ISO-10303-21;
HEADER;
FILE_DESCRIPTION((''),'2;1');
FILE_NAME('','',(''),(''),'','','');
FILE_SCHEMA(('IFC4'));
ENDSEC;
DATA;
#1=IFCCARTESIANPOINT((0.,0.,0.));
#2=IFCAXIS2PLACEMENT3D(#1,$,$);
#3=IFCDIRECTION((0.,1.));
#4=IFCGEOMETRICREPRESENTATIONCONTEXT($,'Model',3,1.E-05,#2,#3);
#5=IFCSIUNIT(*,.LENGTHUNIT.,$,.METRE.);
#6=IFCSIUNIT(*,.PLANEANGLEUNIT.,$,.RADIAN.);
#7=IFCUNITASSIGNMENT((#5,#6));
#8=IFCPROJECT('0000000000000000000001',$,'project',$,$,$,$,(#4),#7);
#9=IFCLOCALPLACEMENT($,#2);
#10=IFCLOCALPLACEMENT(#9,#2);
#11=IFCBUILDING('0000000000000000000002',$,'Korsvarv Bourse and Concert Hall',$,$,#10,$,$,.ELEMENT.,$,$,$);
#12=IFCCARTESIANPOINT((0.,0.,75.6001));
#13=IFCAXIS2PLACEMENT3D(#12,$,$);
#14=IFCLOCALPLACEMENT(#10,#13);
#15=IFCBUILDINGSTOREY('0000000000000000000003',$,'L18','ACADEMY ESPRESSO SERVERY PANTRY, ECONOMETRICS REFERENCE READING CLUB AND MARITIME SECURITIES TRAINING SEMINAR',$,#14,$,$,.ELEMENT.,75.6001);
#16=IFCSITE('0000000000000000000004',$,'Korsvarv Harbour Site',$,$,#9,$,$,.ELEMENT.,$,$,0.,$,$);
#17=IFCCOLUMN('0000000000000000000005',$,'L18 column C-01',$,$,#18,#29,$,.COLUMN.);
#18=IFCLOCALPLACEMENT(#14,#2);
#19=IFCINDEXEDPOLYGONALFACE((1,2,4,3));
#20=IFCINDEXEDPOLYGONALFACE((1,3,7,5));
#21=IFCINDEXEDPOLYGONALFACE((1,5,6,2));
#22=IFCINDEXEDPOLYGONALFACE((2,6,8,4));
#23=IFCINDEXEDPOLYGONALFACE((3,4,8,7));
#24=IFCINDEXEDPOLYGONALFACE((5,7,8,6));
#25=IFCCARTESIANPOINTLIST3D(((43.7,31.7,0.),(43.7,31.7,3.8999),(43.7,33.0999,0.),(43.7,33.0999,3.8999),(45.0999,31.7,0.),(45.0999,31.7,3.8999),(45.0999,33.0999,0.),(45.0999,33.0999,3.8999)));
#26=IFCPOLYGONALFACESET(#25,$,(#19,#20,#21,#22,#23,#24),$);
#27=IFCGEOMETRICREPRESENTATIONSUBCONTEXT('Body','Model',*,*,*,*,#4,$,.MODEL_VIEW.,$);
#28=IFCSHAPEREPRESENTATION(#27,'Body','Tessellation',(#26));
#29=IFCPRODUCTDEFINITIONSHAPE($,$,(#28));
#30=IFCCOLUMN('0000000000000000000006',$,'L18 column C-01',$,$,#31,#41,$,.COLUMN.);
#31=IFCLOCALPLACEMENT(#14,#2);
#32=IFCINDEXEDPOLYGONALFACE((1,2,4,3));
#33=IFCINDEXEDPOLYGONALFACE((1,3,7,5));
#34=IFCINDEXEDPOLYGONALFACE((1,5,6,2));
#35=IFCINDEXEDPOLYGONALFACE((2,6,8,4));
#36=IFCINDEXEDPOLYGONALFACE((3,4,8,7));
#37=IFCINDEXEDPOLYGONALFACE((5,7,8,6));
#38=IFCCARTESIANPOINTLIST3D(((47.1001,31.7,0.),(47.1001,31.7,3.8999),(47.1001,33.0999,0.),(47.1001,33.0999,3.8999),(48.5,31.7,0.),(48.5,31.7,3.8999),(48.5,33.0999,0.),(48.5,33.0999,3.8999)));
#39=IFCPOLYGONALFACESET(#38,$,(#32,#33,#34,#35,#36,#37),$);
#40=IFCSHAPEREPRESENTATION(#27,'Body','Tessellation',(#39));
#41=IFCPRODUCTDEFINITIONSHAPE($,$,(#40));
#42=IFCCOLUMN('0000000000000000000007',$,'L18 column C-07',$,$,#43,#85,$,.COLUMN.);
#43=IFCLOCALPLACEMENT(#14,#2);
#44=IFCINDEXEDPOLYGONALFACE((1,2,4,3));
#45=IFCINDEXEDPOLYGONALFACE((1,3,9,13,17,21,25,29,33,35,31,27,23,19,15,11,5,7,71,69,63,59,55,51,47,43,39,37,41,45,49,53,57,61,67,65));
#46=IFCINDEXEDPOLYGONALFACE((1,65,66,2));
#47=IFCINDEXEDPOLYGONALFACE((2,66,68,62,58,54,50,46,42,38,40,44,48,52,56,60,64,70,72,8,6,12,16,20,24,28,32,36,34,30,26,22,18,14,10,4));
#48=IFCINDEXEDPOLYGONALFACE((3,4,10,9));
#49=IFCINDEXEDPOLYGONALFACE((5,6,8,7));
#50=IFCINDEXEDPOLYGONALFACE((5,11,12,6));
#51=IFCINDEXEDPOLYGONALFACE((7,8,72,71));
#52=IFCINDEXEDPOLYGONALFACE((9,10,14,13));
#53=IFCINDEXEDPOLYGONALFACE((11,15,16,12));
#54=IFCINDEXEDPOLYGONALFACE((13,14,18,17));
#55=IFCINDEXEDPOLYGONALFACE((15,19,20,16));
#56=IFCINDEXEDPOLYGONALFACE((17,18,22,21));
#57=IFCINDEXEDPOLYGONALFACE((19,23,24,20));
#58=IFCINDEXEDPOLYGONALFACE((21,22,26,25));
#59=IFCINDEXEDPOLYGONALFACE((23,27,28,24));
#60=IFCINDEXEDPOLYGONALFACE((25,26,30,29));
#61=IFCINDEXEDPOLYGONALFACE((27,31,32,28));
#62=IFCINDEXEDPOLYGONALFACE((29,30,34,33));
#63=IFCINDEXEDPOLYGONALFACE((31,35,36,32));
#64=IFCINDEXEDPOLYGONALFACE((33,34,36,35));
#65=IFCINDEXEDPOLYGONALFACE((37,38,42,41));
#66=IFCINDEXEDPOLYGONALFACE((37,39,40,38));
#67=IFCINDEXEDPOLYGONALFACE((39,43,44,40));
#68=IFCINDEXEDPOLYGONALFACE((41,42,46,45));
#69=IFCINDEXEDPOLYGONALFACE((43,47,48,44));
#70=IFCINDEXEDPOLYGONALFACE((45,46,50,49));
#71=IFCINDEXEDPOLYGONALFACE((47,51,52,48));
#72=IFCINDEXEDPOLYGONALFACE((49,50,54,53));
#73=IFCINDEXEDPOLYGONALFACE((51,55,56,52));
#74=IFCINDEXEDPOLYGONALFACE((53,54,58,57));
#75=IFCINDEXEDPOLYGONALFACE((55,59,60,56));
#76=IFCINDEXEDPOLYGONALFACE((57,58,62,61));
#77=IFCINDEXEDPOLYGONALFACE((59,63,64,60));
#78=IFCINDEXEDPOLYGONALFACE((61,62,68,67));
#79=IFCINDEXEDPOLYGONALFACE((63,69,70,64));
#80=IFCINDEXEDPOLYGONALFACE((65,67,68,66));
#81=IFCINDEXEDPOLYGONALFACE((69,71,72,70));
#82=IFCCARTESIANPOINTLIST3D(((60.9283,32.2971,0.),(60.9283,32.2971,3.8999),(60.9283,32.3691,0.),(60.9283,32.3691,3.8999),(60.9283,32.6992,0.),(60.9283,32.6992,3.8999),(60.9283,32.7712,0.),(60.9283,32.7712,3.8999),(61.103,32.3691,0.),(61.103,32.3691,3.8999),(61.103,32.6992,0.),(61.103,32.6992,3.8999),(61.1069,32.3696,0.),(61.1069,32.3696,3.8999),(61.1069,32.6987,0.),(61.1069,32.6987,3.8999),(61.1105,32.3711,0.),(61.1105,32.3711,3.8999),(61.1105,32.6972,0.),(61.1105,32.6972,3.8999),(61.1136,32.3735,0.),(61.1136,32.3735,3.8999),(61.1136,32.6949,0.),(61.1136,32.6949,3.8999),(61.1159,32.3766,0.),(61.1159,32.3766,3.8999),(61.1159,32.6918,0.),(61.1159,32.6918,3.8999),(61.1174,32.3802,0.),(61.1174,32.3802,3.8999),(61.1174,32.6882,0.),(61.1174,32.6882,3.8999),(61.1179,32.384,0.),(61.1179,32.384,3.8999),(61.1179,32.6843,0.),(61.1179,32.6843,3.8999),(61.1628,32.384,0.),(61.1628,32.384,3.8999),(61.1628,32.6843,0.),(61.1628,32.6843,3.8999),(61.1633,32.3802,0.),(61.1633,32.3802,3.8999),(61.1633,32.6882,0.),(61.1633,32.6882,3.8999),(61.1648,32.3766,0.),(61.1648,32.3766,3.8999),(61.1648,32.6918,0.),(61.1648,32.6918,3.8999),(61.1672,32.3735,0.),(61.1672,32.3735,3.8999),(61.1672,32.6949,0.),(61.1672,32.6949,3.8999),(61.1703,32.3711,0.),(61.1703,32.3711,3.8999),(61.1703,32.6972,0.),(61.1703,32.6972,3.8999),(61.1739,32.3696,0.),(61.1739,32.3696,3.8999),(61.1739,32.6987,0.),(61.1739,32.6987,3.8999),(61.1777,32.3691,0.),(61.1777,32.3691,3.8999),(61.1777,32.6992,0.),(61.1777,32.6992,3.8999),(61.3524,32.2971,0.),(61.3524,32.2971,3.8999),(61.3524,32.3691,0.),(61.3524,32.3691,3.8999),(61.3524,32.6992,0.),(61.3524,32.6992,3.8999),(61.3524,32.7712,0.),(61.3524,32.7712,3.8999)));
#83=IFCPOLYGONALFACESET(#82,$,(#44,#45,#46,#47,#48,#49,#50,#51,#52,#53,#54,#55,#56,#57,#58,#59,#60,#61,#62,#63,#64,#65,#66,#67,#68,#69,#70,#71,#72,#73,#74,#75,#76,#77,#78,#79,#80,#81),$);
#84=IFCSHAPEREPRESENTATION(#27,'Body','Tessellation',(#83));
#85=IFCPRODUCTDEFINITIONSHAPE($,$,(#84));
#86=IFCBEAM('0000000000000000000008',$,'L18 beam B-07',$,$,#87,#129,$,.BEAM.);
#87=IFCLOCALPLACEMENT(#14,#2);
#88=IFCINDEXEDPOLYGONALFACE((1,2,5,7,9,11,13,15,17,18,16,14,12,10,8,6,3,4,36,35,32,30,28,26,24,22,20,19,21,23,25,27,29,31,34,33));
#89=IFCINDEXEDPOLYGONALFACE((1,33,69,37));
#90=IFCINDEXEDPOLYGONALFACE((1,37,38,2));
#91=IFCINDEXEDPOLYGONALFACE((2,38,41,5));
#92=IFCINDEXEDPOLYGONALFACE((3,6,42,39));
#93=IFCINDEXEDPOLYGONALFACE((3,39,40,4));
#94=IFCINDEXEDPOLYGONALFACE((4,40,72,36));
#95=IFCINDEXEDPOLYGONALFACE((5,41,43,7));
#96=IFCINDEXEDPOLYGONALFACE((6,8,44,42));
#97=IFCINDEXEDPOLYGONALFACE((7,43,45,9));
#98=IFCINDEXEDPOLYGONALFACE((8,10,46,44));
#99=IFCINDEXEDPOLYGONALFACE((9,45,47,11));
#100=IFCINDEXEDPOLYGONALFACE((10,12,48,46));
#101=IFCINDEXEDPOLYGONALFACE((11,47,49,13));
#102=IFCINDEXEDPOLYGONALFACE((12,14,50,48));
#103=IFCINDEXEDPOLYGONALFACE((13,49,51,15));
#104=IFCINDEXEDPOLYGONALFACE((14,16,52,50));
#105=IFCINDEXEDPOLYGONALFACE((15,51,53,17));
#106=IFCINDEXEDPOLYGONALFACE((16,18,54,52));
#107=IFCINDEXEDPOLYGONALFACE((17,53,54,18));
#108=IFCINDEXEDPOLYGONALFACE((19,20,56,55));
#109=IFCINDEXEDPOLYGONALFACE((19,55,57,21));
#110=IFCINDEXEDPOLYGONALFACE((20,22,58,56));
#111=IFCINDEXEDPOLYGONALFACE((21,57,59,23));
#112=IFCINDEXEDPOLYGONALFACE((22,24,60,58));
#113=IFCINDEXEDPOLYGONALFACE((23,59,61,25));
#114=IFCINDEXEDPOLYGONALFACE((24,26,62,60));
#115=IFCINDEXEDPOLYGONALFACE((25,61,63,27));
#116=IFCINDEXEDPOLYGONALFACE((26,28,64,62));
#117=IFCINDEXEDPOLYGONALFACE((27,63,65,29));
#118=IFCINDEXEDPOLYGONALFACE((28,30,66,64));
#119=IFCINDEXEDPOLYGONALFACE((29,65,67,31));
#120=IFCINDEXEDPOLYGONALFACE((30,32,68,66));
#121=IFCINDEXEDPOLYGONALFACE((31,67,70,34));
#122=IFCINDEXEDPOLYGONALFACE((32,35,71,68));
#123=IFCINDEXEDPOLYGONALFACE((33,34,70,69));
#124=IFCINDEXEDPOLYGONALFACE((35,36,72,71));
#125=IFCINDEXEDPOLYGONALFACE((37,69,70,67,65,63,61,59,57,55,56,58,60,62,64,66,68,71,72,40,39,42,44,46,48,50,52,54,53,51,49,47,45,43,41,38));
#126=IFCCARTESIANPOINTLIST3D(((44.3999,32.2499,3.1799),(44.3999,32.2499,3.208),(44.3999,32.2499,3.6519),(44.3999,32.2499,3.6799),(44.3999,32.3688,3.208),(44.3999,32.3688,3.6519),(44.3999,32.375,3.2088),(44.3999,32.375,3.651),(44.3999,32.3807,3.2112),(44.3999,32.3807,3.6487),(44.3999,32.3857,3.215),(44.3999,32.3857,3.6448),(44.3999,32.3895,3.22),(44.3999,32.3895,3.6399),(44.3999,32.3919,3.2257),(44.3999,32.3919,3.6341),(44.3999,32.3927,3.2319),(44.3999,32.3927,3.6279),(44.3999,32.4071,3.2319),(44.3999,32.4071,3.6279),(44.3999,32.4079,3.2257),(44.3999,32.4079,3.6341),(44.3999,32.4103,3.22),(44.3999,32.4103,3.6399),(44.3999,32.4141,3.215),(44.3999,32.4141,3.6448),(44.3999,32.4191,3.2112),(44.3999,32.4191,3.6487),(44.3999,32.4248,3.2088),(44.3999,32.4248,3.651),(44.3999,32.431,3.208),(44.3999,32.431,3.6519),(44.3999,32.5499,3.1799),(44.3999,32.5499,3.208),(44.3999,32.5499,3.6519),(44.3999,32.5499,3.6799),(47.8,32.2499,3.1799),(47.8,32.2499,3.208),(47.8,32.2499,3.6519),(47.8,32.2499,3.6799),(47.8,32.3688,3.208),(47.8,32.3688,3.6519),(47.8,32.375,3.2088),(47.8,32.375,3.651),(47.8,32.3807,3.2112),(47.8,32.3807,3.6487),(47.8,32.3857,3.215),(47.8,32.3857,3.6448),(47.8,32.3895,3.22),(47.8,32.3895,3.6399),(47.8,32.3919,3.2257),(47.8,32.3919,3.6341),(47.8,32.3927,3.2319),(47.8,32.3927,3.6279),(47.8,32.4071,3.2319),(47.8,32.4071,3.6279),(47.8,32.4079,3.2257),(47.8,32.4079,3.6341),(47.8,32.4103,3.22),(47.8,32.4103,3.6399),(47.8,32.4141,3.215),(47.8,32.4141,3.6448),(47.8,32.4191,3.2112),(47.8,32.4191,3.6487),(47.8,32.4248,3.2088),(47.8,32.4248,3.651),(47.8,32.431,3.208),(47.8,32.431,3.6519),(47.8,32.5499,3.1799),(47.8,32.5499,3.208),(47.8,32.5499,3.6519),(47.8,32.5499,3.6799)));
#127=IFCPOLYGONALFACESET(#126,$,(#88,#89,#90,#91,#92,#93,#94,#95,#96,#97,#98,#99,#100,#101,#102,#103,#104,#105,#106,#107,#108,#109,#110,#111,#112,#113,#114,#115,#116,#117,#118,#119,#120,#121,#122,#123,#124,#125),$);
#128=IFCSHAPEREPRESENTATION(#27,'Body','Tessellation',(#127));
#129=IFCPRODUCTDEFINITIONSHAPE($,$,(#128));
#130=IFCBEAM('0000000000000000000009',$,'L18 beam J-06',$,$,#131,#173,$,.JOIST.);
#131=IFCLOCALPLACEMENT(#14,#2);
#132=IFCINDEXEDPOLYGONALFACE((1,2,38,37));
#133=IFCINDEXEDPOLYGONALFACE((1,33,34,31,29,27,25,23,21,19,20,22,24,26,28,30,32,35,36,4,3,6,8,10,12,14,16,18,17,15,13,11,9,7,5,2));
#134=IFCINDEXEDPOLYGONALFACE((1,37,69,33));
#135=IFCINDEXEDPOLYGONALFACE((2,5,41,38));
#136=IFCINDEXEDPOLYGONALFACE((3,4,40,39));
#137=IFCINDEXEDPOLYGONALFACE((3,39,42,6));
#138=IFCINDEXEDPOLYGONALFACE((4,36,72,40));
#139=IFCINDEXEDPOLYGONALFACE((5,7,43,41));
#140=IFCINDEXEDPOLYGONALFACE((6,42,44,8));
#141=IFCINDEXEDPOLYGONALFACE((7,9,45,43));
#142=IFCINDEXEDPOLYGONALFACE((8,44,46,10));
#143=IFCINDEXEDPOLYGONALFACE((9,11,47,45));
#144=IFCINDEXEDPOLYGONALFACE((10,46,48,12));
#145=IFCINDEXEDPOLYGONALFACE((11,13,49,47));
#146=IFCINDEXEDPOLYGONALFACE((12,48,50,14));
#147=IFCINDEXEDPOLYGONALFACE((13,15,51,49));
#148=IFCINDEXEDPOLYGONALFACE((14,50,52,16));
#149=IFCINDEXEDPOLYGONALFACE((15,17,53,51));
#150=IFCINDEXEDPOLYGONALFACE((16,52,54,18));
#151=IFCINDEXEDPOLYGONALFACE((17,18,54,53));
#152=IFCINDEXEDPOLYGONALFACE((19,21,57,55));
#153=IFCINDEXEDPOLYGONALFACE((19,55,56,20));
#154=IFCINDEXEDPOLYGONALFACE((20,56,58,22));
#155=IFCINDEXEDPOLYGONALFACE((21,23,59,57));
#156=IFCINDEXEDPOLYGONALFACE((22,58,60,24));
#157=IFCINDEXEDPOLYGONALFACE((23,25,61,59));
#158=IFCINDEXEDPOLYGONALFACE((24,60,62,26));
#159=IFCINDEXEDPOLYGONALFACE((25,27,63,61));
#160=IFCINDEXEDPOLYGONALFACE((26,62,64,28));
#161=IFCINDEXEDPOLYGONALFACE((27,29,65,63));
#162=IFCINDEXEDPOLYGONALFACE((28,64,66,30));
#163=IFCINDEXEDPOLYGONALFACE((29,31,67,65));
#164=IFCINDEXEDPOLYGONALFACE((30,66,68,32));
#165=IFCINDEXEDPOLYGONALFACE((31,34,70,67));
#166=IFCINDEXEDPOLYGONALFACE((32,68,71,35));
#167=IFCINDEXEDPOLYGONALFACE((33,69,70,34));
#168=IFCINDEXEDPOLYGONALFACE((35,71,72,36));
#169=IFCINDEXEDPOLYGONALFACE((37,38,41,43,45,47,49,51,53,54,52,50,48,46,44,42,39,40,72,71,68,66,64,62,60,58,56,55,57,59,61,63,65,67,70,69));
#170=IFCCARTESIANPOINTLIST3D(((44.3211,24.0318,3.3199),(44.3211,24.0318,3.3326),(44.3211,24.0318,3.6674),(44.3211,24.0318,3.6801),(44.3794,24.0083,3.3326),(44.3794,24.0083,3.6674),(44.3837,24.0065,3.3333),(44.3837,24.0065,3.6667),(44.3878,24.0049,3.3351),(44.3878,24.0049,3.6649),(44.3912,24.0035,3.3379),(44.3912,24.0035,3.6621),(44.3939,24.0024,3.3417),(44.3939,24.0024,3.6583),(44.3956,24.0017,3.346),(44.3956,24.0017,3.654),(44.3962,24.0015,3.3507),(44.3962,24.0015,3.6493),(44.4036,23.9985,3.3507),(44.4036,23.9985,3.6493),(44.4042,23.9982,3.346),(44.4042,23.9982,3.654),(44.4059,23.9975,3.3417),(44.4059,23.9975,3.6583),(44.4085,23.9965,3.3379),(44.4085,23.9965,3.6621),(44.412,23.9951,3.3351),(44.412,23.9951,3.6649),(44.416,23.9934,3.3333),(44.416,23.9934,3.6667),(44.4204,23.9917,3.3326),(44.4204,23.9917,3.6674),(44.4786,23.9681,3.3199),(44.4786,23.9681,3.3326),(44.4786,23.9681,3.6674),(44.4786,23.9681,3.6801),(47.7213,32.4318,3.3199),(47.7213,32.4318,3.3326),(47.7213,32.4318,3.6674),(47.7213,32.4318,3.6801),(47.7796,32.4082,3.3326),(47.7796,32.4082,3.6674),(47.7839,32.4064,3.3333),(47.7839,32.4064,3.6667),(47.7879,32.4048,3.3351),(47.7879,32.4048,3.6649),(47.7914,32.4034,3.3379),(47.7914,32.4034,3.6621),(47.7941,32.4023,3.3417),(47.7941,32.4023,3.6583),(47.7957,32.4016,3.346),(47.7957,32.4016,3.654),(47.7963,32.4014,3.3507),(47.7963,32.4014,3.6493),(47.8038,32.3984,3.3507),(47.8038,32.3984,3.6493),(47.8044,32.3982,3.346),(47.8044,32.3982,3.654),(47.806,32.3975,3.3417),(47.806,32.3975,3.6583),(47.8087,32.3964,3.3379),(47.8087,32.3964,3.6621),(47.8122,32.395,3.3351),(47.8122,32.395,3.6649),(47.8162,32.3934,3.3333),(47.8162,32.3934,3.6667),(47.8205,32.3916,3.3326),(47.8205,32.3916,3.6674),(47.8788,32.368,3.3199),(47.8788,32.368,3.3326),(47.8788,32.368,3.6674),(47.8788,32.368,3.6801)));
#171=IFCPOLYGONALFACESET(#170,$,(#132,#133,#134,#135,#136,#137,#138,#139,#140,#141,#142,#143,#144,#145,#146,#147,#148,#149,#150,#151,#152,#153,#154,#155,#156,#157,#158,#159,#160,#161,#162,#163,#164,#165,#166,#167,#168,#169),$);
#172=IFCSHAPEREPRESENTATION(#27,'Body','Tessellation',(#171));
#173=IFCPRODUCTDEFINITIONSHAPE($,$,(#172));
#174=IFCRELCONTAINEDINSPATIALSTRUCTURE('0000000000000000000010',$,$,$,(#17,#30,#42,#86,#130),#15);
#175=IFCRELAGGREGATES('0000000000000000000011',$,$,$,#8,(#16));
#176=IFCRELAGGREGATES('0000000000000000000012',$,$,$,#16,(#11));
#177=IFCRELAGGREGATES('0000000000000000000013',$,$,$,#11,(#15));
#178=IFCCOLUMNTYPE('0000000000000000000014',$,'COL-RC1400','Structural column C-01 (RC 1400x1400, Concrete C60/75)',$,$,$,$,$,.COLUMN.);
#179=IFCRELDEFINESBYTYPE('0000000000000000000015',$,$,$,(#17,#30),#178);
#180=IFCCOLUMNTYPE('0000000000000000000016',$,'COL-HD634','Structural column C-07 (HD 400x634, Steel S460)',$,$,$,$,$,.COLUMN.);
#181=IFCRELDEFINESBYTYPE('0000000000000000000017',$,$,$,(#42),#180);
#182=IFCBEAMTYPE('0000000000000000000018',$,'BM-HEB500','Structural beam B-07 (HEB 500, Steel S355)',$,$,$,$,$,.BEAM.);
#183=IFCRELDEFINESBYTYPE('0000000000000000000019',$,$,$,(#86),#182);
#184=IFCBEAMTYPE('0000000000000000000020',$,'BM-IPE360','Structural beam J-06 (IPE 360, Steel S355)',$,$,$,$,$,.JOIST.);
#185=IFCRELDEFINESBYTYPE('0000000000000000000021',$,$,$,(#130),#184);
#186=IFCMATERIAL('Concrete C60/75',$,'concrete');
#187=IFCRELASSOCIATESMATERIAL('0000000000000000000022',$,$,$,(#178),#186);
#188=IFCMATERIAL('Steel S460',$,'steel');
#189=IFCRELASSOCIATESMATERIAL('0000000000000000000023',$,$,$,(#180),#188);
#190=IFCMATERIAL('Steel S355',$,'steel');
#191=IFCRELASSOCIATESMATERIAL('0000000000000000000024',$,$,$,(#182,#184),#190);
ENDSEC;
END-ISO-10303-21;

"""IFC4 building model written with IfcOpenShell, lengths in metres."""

from ifc_helpers import new_model, si_unit, direction, frame, origin, origin_2d, place, context, subcontext, project, spatial, rectangle, i_section, extrude, source, transform, mapped, material, material_profile, profile_set, type_object, element, save


model = new_model("IFC4")

# Units and contexts
model_context = context("Model", 3, precision=1e-05, world=origin(), true_north=direction((0.0, 1.0)))
body_context = subcontext(model_context, "Body", "Model", "MODEL_VIEW")
ifc_project = project(units=[si_unit("LENGTHUNIT", "METRE"), si_unit("PLANEANGLEUNIT", "RADIAN")], contexts=[model_context])

# Site, building, storey
site_placement = place(None, origin())
site = spatial("IfcSite", under=ifc_project, at=site_placement, Name="Korsvarv Harbour Site", CompositionType="ELEMENT", RefElevation=0.0)
building_placement = place(site_placement, origin())
building = spatial("IfcBuilding", under=site, at=building_placement, Name="Korsvarv Bourse and Concert Hall", CompositionType="ELEMENT")
storey_placement = place(building_placement, frame((0.0, 0.0, 75.6001)))
storey = spatial("IfcBuildingStorey", under=building, at=storey_placement, Name="L18", Description="ACADEMY ESPRESSO SERVERY PANTRY, ECONOMETRICS REFERENCE READING CLUB AND MARITIME SECURITIES TRAINING SEMINAR", CompositionType="ELEMENT", Elevation=75.6001)

# Columns
ifc_material_1 = material(Name="Concrete C60/75", Category="concrete")
ifc_material_profile_1 = material_profile(ifc_material_1, rectangle(XDim=1.3999, YDim=1.3999, at=origin_2d()), Name="RC 1400x1400")
ifc_profile_set_1 = profile_set([ifc_material_profile_1], Name="Concrete C60/75")
column_type_1 = type_object("IfcColumnType", Name="COL-RC1400", Description="Structural column C-01 (RC 1400x1400, Concrete C60/75)", PredefinedType="COLUMN", material=ifc_profile_set_1)
shared_shape_1 = source(origin(), body_context, "Body", "SweptSolid", [
    extrude(rectangle(XDim=1.3999, YDim=1.3999, at=origin_2d()), origin(), (0.0, 0.0, 1.0), 3.8999),
])
for number, where, z_axis, x_axis, name in (
    (1, (44.3999, 32.3999, 0.0), (0.0, 0.0, 1.0), (1.0, 0.0, 0.0), "L18 column C-01"),
    (2, (47.8, 32.3999, 0.0), (0.0, 0.0, 1.0), (1.0, 0.0, 0.0), "L18 column C-01"),
):
    element("IfcColumn", number, at=place(storey_placement, frame(where, z_axis=z_axis, x_axis=x_axis)), inside=storey, type_object=column_type_1, Name=name, PredefinedType="COLUMN", context=body_context, shape_type="MappedRepresentation", body=[
        mapped(shared_shape_1, transform((0.0, 0.0, 0.0), scale=1.0)),
    ])
ifc_material_2 = material(Name="Steel S460", Category="steel")
ifc_material_profile_2 = material_profile(ifc_material_2, i_section(OverallWidth=0.4241, OverallDepth=0.4741, WebThickness=0.0449, FlangeThickness=0.072, FilletRadius=0.0149, at=origin_2d()), Name="HD 400x634")
ifc_profile_set_2 = profile_set([ifc_material_profile_2], Name="Steel S460")
column_type_2 = type_object("IfcColumnType", Name="COL-HD634", Description="Structural column C-07 (HD 400x634, Steel S460)", PredefinedType="COLUMN", material=ifc_profile_set_2)
shared_shape_2 = source(origin(), body_context, "Body", "SweptSolid", [
    extrude(i_section(OverallWidth=0.4241, OverallDepth=0.4741, WebThickness=0.0449, FlangeThickness=0.072, FilletRadius=0.0149, at=origin_2d()), origin(), (0.0, 0.0, 1.0), 3.8999),
])
column_placement = place(storey_placement, frame((61.1404, 32.5342, 0.0), z_axis=(0.0, 0.0, 1.0), x_axis=(1.0, 0.0, 0.0)))
element("IfcColumn", 3, at=column_placement, inside=storey, type_object=column_type_2, Name="L18 column C-07", PredefinedType="COLUMN", context=body_context, shape_type="MappedRepresentation", body=[
    mapped(shared_shape_2, transform((0.0, 0.0, 0.0), scale=1.0)),
])

# Beams
ifc_material_3 = material(Name="Steel S355", Category="steel")
ifc_material_profile_3 = material_profile(ifc_material_3, i_section(OverallWidth=0.3, OverallDepth=0.5, WebThickness=0.0144, FlangeThickness=0.0281, FilletRadius=0.0239, at=origin_2d()), Name="HEB 500")
ifc_profile_set_3 = profile_set([ifc_material_profile_3], Name="Steel S355")
beam_type_1 = type_object("IfcBeamType", Name="BM-HEB500", Description="Structural beam B-07 (HEB 500, Steel S355)", PredefinedType="BEAM", material=ifc_profile_set_3)
shared_shape_3 = source(origin(), body_context, "Body", "SweptSolid", [
    extrude(i_section(OverallWidth=0.3, OverallDepth=0.5, WebThickness=0.0144, FlangeThickness=0.0281, FilletRadius=0.0239, at=origin_2d()), origin(), (0.0, 0.0, 1.0), 3.4001),
])
beam_1_placement = place(storey_placement, frame((44.3999, 32.3999, 3.4299), z_axis=(1.0, 0.0, 0.0), x_axis=(0.0, 1.0, 0.0)))
element("IfcBeam", 4, at=beam_1_placement, inside=storey, type_object=beam_type_1, Name="L18 beam B-07", PredefinedType="BEAM", context=body_context, shape_type="MappedRepresentation", body=[
    mapped(shared_shape_3, transform((0.0, 0.0, 0.0), scale=1.0)),
])
ifc_material_profile_4 = material_profile(ifc_material_3, i_section(OverallWidth=0.1699, OverallDepth=0.3601, WebThickness=0.0081, FlangeThickness=0.0127, FilletRadius=0.0181, at=origin_2d()), Name="IPE 360")
ifc_profile_set_4 = profile_set([ifc_material_profile_4], Name="Steel S355")
beam_type_2 = type_object("IfcBeamType", Name="BM-IPE360", Description="Structural beam J-06 (IPE 360, Steel S355)", PredefinedType="JOIST", material=ifc_profile_set_4)
shared_shape_4 = source(origin(), body_context, "Body", "SweptSolid", [
    extrude(i_section(OverallWidth=0.1699, OverallDepth=0.3601, WebThickness=0.0081, FlangeThickness=0.0127, FilletRadius=0.0181, at=origin_2d()), origin(), (0.0, 0.0, 1.0), 9.062),
])
beam_2_placement = place(storey_placement, frame((47.8, 32.3999, 3.5), z_axis=(-0.37521, -0.92694, 0.0), x_axis=(0.92694, -0.37521, 0.0)))
element("IfcBeam", 5, at=beam_2_placement, inside=storey, type_object=beam_type_2, Name="L18 beam J-06", PredefinedType="JOIST", context=body_context, shape_type="MappedRepresentation", body=[
    mapped(shared_shape_4, transform((0.0, 0.0, 0.0), scale=1.0)),
])

save(model, "model.ifc")
